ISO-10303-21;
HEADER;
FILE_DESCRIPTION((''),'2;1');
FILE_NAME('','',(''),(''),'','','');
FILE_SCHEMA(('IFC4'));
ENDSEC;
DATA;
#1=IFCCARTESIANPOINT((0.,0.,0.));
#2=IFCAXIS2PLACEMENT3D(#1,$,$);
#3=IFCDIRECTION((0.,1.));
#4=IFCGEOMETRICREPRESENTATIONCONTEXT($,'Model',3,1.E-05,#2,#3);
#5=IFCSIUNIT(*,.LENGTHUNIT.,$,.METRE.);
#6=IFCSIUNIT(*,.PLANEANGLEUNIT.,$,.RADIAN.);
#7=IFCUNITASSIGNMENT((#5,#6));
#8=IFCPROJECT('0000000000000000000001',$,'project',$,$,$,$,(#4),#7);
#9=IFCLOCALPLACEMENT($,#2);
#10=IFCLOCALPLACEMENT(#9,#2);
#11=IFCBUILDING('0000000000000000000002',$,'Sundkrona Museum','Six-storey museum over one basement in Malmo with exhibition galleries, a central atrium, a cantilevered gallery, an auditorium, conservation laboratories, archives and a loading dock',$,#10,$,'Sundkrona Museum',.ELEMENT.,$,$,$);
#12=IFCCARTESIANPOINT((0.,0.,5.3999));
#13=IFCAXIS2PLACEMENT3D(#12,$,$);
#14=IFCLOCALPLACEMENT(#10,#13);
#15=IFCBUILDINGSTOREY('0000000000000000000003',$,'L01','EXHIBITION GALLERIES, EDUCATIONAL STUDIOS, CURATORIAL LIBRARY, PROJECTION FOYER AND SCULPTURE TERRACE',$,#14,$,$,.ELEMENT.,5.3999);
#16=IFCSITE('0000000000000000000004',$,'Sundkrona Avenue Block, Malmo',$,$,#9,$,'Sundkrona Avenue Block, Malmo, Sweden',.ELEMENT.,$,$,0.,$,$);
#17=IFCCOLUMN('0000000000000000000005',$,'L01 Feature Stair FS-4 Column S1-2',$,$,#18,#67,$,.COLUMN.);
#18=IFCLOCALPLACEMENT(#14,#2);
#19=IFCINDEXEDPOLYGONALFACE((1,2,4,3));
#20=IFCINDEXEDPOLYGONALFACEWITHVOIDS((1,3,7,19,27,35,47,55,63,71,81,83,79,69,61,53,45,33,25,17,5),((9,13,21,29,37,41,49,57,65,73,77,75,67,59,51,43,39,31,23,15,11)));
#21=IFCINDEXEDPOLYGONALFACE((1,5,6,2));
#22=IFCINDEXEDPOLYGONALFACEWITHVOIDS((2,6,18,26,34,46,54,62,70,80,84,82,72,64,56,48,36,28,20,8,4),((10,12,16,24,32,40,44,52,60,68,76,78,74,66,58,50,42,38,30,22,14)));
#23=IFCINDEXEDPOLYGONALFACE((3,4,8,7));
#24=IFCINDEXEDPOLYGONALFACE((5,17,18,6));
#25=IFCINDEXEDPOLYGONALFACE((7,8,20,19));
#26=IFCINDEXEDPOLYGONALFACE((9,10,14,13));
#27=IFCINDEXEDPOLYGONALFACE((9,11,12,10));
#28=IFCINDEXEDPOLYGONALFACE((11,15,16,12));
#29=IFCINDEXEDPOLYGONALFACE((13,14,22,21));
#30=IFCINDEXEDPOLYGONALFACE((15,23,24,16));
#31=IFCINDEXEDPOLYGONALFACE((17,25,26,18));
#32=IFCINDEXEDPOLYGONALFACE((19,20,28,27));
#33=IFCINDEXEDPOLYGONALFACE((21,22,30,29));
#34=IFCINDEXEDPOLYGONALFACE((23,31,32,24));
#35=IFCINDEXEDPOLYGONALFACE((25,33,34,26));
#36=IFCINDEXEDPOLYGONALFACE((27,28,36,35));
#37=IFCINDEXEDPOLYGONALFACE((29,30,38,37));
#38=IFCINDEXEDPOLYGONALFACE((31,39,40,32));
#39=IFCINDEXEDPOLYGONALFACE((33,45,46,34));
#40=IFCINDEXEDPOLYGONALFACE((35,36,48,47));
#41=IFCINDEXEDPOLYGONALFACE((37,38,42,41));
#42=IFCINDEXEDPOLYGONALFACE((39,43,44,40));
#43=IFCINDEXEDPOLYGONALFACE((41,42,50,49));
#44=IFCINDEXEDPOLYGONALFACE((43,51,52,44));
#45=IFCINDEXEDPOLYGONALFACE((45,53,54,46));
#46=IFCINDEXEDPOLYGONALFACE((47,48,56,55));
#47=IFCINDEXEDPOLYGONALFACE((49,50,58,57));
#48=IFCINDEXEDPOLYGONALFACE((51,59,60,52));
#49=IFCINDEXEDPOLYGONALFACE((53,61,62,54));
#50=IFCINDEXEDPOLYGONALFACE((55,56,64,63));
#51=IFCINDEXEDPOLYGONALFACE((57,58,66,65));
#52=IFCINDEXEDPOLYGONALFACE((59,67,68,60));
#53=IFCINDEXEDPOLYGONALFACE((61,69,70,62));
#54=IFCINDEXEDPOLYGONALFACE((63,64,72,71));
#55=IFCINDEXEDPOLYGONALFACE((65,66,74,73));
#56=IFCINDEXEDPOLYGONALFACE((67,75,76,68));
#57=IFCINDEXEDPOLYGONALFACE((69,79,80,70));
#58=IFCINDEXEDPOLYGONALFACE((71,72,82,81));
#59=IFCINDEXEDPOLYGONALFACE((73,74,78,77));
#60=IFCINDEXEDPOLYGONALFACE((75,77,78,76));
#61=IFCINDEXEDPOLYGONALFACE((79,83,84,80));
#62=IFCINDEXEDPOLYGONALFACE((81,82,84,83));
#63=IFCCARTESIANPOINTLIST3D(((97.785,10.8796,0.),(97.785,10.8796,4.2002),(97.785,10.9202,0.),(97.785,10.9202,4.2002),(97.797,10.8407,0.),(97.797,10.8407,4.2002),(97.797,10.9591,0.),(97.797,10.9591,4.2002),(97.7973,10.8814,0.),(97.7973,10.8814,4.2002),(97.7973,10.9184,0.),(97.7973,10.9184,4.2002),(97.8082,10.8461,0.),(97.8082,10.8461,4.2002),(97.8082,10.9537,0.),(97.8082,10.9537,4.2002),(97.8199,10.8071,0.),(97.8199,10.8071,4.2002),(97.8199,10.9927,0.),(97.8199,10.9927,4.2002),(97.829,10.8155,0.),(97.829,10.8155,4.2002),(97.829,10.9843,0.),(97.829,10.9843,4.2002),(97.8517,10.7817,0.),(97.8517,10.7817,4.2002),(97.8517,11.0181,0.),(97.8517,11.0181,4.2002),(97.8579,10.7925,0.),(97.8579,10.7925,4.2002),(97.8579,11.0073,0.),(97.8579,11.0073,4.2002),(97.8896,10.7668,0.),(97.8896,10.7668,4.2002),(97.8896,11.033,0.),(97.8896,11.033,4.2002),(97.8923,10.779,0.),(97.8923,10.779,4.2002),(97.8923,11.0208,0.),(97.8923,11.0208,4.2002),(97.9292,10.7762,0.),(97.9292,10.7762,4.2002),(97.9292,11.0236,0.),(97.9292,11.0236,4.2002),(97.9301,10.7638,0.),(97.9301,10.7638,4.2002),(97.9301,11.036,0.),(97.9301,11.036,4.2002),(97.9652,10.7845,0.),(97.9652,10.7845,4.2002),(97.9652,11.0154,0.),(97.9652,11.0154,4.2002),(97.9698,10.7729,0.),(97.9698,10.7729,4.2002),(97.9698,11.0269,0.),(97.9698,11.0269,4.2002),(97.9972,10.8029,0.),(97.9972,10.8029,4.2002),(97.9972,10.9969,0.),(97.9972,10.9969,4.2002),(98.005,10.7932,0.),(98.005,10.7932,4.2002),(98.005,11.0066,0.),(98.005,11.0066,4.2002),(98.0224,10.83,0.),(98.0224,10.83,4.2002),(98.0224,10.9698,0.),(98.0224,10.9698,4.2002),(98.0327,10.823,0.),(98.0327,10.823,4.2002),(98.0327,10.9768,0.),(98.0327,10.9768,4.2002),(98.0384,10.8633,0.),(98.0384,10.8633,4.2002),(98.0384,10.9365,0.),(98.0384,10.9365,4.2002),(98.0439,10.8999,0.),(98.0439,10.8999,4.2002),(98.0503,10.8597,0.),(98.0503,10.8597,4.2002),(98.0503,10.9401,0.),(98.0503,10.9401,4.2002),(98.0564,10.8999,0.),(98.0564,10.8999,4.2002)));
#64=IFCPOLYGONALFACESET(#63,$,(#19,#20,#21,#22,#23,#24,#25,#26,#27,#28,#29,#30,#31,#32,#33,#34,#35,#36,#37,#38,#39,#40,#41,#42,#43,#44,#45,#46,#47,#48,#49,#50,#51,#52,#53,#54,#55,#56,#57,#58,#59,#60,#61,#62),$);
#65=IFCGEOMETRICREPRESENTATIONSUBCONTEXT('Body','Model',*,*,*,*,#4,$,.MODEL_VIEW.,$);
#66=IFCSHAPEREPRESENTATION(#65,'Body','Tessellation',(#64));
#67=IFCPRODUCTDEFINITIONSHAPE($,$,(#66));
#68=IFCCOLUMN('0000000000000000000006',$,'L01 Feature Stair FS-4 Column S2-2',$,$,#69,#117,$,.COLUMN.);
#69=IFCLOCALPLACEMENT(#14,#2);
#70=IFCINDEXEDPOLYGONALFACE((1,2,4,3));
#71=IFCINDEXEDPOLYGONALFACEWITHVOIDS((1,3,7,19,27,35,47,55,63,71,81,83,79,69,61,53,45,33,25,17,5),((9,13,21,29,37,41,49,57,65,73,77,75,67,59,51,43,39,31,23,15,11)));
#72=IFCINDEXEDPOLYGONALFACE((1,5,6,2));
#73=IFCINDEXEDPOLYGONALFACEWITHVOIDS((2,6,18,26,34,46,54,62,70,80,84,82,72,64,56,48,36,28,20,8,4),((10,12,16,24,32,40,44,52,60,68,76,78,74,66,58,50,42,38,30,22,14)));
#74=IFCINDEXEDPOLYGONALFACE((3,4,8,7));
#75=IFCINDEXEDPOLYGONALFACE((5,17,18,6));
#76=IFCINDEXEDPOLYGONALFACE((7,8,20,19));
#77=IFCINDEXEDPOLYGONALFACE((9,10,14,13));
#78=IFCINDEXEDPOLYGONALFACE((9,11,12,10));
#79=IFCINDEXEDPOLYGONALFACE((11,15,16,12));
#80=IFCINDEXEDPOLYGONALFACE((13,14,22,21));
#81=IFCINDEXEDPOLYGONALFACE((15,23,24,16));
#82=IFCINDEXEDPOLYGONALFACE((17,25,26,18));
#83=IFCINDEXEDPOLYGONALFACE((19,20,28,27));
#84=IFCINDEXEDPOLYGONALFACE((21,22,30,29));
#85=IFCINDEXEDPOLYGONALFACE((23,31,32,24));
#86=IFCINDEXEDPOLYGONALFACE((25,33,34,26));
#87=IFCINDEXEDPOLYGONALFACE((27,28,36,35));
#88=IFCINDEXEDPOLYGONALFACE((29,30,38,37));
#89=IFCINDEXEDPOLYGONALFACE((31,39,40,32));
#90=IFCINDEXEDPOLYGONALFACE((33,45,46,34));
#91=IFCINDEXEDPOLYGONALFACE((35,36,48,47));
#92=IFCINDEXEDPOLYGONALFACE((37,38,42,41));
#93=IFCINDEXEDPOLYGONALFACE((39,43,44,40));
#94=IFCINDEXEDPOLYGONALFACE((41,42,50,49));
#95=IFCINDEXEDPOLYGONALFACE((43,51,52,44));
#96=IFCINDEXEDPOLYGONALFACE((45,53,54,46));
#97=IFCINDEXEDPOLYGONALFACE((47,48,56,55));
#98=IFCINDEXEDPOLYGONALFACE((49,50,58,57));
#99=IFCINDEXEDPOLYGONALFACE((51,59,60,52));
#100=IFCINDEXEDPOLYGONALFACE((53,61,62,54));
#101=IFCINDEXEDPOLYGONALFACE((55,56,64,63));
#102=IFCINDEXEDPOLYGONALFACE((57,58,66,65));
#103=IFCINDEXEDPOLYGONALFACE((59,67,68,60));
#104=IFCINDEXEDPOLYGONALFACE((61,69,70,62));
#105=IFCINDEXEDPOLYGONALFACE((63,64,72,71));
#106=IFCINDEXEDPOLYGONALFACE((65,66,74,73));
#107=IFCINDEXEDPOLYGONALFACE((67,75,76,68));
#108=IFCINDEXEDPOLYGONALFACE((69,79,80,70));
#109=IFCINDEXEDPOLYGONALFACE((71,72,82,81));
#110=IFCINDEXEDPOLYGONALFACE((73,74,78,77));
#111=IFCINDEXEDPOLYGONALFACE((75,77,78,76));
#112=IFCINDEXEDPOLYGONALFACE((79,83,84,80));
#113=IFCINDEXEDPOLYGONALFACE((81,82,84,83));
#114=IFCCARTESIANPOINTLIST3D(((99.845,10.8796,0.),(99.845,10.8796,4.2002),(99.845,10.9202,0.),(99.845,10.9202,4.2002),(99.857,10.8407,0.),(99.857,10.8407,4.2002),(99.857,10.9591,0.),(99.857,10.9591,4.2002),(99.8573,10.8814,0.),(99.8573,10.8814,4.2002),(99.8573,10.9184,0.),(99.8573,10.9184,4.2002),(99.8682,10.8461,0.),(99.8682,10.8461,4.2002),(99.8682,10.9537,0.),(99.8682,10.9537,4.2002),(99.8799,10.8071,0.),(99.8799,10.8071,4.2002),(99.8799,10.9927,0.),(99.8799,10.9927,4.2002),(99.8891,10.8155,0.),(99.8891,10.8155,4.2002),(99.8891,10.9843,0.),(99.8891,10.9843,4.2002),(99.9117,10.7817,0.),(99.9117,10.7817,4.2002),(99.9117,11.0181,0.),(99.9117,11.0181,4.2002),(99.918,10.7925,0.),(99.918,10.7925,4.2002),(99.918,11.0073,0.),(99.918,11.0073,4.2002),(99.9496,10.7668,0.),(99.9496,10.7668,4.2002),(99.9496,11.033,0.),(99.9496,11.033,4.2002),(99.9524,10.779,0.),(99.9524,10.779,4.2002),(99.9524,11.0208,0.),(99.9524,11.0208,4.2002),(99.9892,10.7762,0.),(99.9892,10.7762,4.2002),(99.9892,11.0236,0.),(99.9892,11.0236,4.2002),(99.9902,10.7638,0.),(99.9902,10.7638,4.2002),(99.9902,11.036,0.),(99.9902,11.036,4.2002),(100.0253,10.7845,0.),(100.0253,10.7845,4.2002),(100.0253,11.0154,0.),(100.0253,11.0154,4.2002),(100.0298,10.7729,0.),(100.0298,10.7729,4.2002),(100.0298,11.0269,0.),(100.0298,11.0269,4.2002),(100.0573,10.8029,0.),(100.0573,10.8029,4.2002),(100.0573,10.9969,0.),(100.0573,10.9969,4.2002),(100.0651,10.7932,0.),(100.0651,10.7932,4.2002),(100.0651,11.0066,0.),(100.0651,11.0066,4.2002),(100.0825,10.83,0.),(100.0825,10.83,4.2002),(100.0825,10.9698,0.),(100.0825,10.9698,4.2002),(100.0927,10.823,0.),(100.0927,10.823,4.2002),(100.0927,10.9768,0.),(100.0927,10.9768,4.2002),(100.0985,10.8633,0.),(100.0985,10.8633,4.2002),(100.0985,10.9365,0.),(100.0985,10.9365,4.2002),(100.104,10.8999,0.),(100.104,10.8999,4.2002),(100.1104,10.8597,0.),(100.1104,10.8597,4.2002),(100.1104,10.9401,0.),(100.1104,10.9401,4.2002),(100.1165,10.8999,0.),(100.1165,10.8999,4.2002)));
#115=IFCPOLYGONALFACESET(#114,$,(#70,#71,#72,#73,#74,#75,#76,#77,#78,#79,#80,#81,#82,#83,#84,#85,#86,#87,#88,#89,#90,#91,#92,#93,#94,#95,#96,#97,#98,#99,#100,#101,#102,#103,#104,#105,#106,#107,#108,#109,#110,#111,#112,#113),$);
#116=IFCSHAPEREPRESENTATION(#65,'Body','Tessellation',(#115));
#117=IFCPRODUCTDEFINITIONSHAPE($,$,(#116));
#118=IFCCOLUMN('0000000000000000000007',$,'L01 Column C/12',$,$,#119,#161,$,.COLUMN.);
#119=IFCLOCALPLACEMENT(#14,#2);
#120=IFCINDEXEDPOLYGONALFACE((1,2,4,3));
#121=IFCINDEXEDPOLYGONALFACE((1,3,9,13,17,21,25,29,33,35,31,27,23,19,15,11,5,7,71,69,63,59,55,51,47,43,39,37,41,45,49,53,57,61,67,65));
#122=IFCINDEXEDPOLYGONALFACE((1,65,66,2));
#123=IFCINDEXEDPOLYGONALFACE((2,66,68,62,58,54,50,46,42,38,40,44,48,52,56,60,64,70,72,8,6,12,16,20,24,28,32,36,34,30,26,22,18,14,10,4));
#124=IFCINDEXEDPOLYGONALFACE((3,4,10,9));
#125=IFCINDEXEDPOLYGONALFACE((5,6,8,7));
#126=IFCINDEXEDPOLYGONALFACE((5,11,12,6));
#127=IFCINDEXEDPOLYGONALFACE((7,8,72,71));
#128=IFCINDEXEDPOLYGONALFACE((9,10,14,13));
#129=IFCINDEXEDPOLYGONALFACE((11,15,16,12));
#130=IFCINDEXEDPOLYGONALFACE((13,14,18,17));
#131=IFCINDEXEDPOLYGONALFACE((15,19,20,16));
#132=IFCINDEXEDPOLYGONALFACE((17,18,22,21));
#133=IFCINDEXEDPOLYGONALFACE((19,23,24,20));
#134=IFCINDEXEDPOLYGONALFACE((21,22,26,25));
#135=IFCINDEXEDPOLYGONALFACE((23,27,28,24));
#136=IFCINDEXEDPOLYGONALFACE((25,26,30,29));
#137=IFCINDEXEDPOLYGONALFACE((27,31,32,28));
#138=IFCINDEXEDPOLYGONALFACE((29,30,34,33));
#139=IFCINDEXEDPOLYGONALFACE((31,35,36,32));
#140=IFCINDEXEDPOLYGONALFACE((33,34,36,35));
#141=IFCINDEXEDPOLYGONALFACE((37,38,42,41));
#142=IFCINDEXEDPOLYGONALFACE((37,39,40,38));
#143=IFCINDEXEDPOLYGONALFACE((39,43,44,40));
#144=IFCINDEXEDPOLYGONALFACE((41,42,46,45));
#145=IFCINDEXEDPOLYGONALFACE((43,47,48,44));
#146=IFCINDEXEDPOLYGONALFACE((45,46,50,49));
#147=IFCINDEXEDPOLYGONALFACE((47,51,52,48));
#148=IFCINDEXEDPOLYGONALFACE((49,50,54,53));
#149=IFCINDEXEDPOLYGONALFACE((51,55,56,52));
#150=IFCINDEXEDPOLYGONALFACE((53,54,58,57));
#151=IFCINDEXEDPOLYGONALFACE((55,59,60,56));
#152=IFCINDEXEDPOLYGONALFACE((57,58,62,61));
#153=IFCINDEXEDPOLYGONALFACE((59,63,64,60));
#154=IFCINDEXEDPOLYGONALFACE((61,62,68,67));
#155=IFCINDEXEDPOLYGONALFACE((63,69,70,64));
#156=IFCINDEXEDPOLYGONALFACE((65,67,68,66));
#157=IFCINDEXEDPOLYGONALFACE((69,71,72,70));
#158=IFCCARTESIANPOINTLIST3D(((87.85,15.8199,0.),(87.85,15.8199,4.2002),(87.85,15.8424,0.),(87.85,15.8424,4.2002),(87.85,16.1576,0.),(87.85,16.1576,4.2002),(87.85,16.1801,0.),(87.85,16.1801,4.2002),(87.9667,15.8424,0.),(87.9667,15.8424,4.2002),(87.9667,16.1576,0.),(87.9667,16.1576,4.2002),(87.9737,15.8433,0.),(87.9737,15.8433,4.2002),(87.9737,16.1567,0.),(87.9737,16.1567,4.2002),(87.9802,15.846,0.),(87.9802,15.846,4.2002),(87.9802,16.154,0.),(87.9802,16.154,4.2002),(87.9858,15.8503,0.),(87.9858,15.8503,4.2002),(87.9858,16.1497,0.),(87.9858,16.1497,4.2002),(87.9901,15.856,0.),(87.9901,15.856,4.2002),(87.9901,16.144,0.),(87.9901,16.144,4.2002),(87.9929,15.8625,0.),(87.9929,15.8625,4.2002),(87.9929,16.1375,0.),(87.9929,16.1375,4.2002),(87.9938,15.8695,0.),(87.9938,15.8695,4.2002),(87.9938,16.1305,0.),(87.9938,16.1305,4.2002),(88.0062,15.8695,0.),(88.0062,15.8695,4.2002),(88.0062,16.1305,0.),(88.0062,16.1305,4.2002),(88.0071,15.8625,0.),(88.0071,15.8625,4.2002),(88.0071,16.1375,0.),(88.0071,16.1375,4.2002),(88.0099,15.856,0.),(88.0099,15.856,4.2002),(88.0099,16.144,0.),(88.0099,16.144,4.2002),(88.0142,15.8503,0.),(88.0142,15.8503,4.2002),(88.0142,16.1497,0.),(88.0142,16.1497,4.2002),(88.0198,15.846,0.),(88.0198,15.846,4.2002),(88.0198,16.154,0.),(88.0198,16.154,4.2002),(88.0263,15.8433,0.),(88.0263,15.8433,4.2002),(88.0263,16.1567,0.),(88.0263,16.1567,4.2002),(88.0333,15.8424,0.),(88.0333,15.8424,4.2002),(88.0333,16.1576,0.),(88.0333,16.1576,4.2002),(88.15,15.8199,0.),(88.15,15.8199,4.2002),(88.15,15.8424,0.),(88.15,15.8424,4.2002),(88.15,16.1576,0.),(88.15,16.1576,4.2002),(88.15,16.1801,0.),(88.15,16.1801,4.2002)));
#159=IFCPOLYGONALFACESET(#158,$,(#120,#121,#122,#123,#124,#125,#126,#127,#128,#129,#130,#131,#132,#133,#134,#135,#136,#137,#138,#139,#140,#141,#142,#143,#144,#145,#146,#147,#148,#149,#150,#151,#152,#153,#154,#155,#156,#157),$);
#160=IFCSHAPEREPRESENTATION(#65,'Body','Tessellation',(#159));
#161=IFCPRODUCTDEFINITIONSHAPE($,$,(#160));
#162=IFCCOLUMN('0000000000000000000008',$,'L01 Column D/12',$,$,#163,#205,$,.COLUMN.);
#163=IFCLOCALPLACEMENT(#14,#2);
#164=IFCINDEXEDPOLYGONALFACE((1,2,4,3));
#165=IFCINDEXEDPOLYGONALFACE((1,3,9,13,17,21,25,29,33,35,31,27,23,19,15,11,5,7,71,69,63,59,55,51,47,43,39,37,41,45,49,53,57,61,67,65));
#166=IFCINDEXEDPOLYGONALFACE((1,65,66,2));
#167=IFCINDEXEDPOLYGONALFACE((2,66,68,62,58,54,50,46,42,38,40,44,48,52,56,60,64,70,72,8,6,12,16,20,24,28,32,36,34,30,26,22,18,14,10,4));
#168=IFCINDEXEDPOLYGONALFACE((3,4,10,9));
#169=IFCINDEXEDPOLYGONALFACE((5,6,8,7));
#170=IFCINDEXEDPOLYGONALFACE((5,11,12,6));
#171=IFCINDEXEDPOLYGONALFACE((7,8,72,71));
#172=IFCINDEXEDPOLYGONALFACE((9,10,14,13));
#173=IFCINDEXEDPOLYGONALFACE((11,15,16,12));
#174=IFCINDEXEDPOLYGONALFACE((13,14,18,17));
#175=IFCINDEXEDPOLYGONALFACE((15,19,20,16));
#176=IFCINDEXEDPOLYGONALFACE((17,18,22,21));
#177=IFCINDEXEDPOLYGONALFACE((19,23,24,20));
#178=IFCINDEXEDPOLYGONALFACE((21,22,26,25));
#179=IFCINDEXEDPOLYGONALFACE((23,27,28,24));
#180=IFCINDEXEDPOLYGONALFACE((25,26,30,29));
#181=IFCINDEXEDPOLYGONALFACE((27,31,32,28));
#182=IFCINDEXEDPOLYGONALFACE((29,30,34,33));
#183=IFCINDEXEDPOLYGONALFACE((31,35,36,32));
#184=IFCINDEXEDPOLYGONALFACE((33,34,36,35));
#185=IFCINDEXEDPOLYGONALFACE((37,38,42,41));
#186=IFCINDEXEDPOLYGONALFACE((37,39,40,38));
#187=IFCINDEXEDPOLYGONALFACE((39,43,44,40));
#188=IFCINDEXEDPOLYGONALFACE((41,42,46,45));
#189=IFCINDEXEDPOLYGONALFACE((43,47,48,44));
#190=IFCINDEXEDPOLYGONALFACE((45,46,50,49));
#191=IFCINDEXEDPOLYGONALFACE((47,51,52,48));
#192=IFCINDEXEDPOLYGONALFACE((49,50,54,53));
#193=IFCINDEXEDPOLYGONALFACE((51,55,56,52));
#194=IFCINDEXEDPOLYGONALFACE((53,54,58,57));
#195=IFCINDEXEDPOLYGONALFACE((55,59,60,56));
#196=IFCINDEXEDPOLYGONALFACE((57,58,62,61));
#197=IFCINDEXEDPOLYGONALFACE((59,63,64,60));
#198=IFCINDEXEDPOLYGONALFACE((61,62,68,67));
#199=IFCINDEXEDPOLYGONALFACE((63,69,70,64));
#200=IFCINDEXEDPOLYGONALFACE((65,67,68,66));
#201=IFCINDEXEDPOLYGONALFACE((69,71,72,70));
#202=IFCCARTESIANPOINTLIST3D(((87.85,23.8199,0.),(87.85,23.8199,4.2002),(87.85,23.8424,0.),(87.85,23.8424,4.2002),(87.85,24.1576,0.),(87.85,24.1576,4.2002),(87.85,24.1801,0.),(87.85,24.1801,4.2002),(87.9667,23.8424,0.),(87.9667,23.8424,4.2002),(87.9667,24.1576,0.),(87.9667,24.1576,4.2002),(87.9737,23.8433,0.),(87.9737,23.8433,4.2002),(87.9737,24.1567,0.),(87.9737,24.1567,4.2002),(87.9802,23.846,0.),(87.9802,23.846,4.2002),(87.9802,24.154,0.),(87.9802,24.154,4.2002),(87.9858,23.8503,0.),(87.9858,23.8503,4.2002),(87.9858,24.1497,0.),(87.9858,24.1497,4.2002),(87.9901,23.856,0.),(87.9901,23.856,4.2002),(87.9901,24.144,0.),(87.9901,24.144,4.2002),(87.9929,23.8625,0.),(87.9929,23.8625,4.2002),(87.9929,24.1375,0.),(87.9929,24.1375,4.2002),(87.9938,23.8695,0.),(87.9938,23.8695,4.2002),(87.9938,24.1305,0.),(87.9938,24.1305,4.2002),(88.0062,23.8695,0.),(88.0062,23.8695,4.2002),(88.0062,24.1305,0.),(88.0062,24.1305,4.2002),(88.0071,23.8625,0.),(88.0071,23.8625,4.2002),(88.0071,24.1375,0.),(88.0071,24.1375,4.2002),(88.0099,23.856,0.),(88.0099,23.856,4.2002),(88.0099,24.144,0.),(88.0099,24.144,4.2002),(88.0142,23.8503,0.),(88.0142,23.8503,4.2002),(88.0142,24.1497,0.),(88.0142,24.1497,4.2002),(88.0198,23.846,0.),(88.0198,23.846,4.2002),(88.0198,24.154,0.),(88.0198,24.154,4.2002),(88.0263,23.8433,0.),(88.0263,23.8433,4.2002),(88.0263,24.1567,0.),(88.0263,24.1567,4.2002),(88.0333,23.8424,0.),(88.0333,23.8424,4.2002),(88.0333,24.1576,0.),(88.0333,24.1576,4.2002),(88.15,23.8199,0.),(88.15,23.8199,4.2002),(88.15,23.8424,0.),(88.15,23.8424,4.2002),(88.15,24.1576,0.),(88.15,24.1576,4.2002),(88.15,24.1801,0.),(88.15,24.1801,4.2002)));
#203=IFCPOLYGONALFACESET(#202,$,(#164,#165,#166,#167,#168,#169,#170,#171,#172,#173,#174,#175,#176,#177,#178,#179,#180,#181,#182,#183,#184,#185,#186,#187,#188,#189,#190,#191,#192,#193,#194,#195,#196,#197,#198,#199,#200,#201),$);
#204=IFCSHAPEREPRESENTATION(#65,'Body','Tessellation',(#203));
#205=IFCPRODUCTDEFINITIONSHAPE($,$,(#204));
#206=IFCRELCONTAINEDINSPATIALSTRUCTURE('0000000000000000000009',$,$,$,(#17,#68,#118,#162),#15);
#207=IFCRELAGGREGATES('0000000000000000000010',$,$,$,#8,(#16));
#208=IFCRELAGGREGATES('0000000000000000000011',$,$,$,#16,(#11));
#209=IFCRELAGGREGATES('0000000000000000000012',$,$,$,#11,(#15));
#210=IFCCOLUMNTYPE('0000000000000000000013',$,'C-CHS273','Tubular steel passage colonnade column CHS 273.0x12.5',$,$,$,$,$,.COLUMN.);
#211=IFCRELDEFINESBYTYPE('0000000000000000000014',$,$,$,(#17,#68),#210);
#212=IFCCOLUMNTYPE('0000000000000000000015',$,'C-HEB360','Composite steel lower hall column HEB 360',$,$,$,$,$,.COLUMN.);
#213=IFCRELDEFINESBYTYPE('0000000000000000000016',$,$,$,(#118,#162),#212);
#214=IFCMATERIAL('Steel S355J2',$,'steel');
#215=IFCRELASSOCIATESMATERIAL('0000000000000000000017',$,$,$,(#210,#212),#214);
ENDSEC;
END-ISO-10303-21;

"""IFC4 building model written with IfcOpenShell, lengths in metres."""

from ifc_helpers import new_model, si_unit, direction, frame, origin, origin_2d, place, context, subcontext, project, spatial, hollow_circle, i_section, extrude, material, material_profile, profile_set, type_object, element, save


model = new_model("IFC4")

# Units and contexts
model_context = context("Model", 3, precision=1e-05, world=origin(), true_north=direction((0.0, 1.0)))
body_context = subcontext(model_context, "Body", "Model", "MODEL_VIEW")
ifc_project = project(units=[si_unit("LENGTHUNIT", "METRE"), si_unit("PLANEANGLEUNIT", "RADIAN")], contexts=[model_context])

# Site, building, storey
site_placement = place(None, origin())
site = spatial("IfcSite", under=ifc_project, at=site_placement, Name="Sundkrona Avenue Block, Malmo", LongName="Sundkrona Avenue Block, Malmo, Sweden", CompositionType="ELEMENT", RefElevation=0.0)
building_placement = place(site_placement, origin())
building = spatial("IfcBuilding", under=site, at=building_placement, Name="Sundkrona Museum", Description="Six-storey museum over one basement in Malmo with exhibition galleries, a central atrium, a cantilevered gallery, an auditorium, conservation laboratories, archives and a loading dock", LongName="Sundkrona Museum", CompositionType="ELEMENT")
storey_placement = place(building_placement, frame((0.0, 0.0, 5.3999)))
storey = spatial("IfcBuildingStorey", under=building, at=storey_placement, Name="L01", Description="EXHIBITION GALLERIES, EDUCATIONAL STUDIOS, CURATORIAL LIBRARY, PROJECTION FOYER AND SCULPTURE TERRACE", CompositionType="ELEMENT", Elevation=5.3999)

# Columns
ifc_material_1 = material(Name="Steel S355J2", Category="steel")
ifc_material_profile_1 = material_profile(ifc_material_1, hollow_circle(Radius=0.1365, WallThickness=0.0125, at=origin_2d()), Name="CHS 273.0x12.5")
ifc_profile_set_1 = profile_set([ifc_material_profile_1], Name="Steel S355J2")
column_type_1 = type_object("IfcColumnType", Name="C-CHS273", Description="Tubular steel passage colonnade column CHS 273.0x12.5", PredefinedType="COLUMN", material=ifc_profile_set_1)
for number, where, z_axis, x_axis, name in (
    (1, (97.9199, 10.8999, 0.0), (0.0, 0.0, 1.0), (1.0, 0.0, 0.0), "L01 Feature Stair FS-4 Column S1-2"),
    (2, (99.98, 10.8999, 0.0), (0.0, 0.0, 1.0), (1.0, 0.0, 0.0), "L01 Feature Stair FS-4 Column S2-2"),
):
    element("IfcColumn", number, at=place(storey_placement, frame(where, z_axis=z_axis, x_axis=x_axis)), inside=storey, type_object=column_type_1, Name=name, PredefinedType="COLUMN", context=body_context, shape_type="SweptSolid", body=[
        extrude(hollow_circle(Radius=0.1365, WallThickness=0.0125, at=origin_2d()), origin(), (0.0, 0.0, 1.0), 4.2002),
    ])
ifc_material_profile_2 = material_profile(ifc_material_1, i_section(OverallWidth=0.3, OverallDepth=0.3601, WebThickness=0.0125, FlangeThickness=0.0225, FilletRadius=0.0271, at=origin_2d()), Name="HEB 360")
ifc_profile_set_2 = profile_set([ifc_material_profile_2], Name="Steel S355J2")
column_type_2 = type_object("IfcColumnType", Name="C-HEB360", Description="Composite steel lower hall column HEB 360", PredefinedType="COLUMN", material=ifc_profile_set_2)
for number, where, z_axis, x_axis, name in (
    (3, (88.0, 16.0, 0.0), (0.0, 0.0, 1.0), (1.0, 0.0, 0.0), "L01 Column C/12"),
    (4, (88.0, 24.0, 0.0), (0.0, 0.0, 1.0), (1.0, 0.0, 0.0), "L01 Column D/12"),
):
    element("IfcColumn", number, at=place(storey_placement, frame(where, z_axis=z_axis, x_axis=x_axis)), inside=storey, type_object=column_type_2, Name=name, PredefinedType="COLUMN", context=body_context, shape_type="SweptSolid", body=[
        extrude(i_section(OverallWidth=0.3, OverallDepth=0.3601, WebThickness=0.0125, FlangeThickness=0.0225, FilletRadius=0.0271, at=origin_2d()), origin(), (0.0, 0.0, 1.0), 4.2002),
    ])

save(model, "model.ifc")
